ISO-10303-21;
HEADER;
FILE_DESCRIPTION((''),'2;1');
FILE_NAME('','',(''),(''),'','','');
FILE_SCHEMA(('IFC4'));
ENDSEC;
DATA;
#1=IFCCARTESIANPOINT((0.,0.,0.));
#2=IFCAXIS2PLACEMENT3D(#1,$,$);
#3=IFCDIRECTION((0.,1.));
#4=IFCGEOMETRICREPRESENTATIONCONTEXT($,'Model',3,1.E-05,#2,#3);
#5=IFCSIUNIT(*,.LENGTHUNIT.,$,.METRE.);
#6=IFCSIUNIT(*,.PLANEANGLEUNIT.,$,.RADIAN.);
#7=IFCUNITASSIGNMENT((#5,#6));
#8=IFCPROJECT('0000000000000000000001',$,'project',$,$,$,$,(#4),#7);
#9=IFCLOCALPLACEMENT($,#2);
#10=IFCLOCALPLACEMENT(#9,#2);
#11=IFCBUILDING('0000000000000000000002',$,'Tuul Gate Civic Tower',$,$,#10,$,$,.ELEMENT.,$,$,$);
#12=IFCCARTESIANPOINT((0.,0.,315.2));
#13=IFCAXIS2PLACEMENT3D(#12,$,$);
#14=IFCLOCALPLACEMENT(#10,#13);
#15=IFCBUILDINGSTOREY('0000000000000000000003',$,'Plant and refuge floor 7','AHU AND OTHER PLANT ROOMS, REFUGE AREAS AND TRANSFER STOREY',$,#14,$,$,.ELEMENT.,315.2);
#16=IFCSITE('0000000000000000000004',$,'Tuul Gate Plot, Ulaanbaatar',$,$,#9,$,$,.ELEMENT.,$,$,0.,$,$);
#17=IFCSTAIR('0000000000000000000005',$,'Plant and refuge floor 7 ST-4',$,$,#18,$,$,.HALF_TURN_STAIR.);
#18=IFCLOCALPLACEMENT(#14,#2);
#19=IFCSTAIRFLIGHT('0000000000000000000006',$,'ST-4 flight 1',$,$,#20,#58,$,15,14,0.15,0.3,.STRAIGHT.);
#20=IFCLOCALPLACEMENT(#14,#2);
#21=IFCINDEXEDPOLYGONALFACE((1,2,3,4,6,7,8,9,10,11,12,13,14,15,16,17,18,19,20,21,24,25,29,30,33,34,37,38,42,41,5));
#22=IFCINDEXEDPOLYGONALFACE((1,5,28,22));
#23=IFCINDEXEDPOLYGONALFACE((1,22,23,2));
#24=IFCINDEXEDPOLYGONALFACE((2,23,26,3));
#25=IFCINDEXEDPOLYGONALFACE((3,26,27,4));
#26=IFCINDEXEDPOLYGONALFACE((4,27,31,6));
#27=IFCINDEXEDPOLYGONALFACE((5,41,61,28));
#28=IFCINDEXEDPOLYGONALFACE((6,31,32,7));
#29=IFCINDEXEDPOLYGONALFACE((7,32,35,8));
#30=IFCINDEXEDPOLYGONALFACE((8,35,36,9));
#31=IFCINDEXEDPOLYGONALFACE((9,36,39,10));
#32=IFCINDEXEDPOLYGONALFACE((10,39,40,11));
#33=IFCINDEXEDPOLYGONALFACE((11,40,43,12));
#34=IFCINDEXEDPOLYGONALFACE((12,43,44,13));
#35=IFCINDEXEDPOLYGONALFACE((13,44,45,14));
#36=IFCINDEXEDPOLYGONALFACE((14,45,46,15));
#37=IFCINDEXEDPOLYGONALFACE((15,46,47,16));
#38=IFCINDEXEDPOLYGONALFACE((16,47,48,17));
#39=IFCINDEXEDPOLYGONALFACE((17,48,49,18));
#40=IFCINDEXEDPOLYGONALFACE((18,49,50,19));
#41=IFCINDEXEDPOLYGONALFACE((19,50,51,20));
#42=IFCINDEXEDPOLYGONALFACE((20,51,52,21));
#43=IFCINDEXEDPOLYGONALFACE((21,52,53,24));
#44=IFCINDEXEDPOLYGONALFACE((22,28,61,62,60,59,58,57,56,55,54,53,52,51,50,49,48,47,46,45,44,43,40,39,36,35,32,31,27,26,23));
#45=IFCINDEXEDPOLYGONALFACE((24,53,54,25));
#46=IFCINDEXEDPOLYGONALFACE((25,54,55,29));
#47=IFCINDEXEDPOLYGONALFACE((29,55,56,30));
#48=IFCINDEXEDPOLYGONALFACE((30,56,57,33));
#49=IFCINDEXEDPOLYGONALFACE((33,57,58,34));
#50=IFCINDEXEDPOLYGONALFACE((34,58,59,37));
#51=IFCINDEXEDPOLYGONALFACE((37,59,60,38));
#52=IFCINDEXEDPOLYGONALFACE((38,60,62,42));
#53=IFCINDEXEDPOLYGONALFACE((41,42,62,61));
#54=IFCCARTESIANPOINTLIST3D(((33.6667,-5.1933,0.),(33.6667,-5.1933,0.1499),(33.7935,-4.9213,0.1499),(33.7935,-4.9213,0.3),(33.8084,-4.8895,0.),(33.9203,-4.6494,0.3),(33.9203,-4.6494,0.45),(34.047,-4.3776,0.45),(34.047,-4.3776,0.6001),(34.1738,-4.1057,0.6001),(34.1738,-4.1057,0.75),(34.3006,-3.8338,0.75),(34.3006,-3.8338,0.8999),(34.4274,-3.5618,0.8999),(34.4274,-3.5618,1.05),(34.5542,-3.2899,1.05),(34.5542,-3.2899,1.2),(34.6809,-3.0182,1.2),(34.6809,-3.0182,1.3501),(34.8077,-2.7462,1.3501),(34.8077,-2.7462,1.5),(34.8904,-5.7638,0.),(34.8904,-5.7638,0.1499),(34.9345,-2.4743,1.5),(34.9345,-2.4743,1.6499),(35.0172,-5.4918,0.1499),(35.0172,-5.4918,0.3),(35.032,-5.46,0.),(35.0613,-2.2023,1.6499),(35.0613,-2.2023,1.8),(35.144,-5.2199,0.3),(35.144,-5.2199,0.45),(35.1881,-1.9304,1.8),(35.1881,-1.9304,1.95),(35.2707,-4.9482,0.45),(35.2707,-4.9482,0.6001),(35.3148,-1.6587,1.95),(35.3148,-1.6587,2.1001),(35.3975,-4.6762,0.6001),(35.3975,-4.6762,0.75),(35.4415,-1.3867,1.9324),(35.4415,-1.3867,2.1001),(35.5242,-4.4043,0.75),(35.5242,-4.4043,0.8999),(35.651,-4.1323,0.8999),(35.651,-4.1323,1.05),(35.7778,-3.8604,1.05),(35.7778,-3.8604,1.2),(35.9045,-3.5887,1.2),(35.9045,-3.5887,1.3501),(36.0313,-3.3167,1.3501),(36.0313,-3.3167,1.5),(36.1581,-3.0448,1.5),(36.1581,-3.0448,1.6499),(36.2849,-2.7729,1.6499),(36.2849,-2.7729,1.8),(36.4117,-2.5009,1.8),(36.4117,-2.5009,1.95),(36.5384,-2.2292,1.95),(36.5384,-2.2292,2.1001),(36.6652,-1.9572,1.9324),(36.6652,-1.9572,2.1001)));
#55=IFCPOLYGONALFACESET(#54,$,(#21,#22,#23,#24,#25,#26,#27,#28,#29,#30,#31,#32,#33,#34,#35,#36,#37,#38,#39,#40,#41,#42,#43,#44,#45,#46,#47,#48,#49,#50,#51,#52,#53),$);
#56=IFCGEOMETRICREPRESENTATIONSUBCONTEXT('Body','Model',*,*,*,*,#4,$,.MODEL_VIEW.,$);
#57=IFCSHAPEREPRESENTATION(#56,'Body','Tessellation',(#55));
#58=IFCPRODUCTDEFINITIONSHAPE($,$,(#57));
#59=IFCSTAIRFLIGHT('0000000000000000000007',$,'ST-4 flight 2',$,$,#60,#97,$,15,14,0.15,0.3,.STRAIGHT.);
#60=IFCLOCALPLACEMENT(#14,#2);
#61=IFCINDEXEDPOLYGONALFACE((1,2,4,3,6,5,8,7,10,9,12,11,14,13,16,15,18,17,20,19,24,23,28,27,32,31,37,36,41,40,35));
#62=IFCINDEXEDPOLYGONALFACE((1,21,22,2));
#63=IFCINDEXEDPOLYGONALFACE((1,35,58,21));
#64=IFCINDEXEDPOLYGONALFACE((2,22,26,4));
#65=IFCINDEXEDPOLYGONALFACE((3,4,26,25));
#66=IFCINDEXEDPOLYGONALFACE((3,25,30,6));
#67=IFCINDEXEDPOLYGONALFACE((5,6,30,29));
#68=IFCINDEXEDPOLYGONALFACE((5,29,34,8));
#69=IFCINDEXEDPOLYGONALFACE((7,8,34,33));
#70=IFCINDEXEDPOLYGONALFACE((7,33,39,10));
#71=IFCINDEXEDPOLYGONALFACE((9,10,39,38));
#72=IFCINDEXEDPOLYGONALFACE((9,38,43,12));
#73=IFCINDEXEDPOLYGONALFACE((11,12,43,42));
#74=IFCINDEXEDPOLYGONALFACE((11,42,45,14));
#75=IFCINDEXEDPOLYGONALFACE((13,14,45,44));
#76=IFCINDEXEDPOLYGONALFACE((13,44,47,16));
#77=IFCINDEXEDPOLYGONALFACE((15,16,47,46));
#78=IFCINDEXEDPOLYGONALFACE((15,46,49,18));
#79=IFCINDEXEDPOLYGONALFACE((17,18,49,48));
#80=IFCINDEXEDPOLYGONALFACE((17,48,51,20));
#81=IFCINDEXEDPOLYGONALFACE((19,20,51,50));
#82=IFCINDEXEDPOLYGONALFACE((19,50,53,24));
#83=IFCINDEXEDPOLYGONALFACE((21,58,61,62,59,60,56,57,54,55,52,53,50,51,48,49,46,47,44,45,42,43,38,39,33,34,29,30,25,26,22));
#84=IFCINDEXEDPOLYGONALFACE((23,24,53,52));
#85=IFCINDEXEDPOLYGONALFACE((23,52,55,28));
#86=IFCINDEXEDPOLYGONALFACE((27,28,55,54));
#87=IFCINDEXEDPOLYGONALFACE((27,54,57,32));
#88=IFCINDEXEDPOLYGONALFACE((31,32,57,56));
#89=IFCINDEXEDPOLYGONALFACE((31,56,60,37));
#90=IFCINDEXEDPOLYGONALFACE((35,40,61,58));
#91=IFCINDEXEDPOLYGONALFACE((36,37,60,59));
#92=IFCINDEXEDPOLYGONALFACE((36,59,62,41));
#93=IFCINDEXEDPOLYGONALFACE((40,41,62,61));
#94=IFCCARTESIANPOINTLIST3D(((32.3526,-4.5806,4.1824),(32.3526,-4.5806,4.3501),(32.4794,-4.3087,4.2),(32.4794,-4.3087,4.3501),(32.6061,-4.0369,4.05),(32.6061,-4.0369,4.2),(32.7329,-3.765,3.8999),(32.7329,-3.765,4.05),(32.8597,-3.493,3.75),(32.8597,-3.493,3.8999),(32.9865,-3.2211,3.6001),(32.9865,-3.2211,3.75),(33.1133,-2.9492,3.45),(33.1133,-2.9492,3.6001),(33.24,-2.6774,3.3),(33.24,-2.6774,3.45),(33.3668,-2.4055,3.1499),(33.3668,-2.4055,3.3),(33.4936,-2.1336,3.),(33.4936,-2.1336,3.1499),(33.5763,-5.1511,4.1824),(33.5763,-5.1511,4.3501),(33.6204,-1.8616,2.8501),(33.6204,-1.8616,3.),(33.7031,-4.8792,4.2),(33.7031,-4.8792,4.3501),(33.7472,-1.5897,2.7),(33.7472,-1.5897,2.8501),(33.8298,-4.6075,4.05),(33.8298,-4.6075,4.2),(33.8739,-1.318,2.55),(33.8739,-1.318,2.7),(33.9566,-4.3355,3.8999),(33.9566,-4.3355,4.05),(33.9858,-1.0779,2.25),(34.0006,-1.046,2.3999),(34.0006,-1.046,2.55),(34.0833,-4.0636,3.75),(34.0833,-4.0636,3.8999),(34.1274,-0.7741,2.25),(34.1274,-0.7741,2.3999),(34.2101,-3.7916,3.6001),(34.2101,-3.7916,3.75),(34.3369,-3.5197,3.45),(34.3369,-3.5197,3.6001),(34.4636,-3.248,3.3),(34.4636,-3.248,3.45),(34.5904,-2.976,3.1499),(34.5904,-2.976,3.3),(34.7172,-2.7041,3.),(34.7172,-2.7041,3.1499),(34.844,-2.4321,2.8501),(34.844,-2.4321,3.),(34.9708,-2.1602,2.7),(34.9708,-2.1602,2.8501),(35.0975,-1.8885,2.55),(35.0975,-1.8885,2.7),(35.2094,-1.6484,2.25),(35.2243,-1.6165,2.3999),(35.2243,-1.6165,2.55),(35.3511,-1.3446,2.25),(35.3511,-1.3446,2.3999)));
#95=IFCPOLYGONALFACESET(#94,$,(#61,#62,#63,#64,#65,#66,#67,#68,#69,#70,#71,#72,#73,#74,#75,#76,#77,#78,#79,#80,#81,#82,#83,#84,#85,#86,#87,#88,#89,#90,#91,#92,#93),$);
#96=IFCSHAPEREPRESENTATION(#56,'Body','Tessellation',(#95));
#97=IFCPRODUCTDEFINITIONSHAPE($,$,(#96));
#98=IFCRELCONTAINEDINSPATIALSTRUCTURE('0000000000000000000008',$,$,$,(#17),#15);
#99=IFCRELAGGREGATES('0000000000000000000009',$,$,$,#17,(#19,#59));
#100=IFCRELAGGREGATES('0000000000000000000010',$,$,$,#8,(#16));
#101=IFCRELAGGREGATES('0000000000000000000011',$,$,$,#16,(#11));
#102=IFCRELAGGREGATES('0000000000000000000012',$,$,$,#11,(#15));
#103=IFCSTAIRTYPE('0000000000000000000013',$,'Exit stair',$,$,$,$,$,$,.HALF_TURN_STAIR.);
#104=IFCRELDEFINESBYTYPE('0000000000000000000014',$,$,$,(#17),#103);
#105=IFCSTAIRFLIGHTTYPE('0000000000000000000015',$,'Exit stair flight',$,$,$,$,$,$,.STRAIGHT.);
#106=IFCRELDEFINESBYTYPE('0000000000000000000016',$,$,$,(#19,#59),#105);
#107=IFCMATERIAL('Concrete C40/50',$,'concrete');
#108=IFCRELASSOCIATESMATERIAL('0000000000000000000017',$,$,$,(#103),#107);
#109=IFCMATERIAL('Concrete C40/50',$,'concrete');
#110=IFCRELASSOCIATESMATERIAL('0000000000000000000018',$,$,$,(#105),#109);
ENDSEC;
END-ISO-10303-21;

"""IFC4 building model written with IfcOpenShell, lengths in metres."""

from ifc_helpers import new_model, si_unit, direction, frame, origin, place, context, subcontext, project, spatial, polyline, outline, extrude, material, type_object, element, aggregate, save


model = new_model("IFC4")

# Units and contexts
model_context = context("Model", 3, precision=1e-05, world=origin(), true_north=direction((0.0, 1.0)))
body_context = subcontext(model_context, "Body", "Model", "MODEL_VIEW")
ifc_project = project(units=[si_unit("LENGTHUNIT", "METRE"), si_unit("PLANEANGLEUNIT", "RADIAN")], contexts=[model_context])

# Site, building, storey
site_placement = place(None, origin())
site = spatial("IfcSite", under=ifc_project, at=site_placement, Name="Tuul Gate Plot, Ulaanbaatar", CompositionType="ELEMENT", RefElevation=0.0)
building_placement = place(site_placement, origin())
building = spatial("IfcBuilding", under=site, at=building_placement, Name="Tuul Gate Civic Tower", CompositionType="ELEMENT")
storey_placement = place(building_placement, frame((0.0, 0.0, 315.2)))
storey = spatial("IfcBuildingStorey", under=building, at=storey_placement, Name="Plant and refuge floor 7", Description="AHU AND OTHER PLANT ROOMS, REFUGE AREAS AND TRANSFER STOREY", CompositionType="ELEMENT", Elevation=315.2)

# Stair, stair flights
ifc_material_1 = material(Name="Concrete C40/50", Category="concrete")
stair_type = type_object("IfcStairType", Name="Exit stair", PredefinedType="HALF_TURN_STAIR", material=ifc_material_1)
stair_placement = place(storey_placement, origin())
stair = element("IfcStair", 1, at=stair_placement, inside=storey, type_object=stair_type, Name="Plant and refuge floor 7 ST-4", PredefinedType="HALF_TURN_STAIR")
ifc_material_2 = material(Name="Concrete C40/50", Category="concrete")
stair_flight_type = type_object("IfcStairFlightType", Name="Exit stair flight", PredefinedType="STRAIGHT", material=ifc_material_2)
stair_flight_1_placement = place(storey_placement, frame((34.2786, -5.4785, 0.0), z_axis=(0.0, 0.0, 1.0), x_axis=(0.422576, 0.906327, 0.0)))
stair_flight_1 = element("IfcStairFlight", 2, at=stair_flight_1_placement, type_object=stair_flight_type, Name="ST-4 flight 1", NumberOfRisers=15, NumberOfTreads=14, PredefinedType="STRAIGHT", RiserHeight=0.15, TreadLength=0.3, context=body_context, shape_type="SweptSolid", body=[
    extrude(outline(polyline([(0.0, 0.0), (0.0, 0.1499), (0.3, 0.1499), (0.3, 0.3), (0.6001, 0.3), (0.6001, 0.45), (0.8999, 0.45), (0.8999, 0.6001), (1.2, 0.6001), (1.2, 0.75), (1.5, 0.75), (1.5, 0.8999), (1.8, 0.8999), (1.8, 1.05), (2.1001, 1.05), (2.1001, 1.2), (2.3999, 1.2), (2.3999, 1.3501), (2.7, 1.3501), (2.7, 1.5), (3.0, 1.5), (3.0, 1.6499), (3.3, 1.6499), (3.3, 1.8), (3.6001, 1.8), (3.6001, 1.95), (3.8999, 1.95), (3.8999, 2.1001), (4.2, 2.1001), (4.2, 2.25), (4.2, 1.9324), (0.3352, 0.0), (0.0, 0.0)])), frame((0.0, 0.675, 0.0), z_axis=(0.0, -1.0, 0.0), x_axis=(1.0, 0.0, 0.0)), (0.0, 0.0, 1.0), 1.3501),
])
stair_flight_2_placement = place(storey_placement, frame((34.7393, -1.0593, 2.25), z_axis=(0.0, 0.0, 1.0), x_axis=(-0.422576, -0.906327, 0.0)))
stair_flight_2 = element("IfcStairFlight", 3, at=stair_flight_2_placement, type_object=stair_flight_type, Name="ST-4 flight 2", NumberOfRisers=15, NumberOfTreads=14, PredefinedType="STRAIGHT", RiserHeight=0.15, TreadLength=0.3, context=body_context, shape_type="SweptSolid", body=[
    extrude(outline(polyline([(0.0, 0.0), (0.0, 0.1499), (0.3, 0.1499), (0.3, 0.3), (0.6001, 0.3), (0.6001, 0.45), (0.8999, 0.45), (0.8999, 0.6001), (1.2, 0.6001), (1.2, 0.75), (1.5, 0.75), (1.5, 0.8999), (1.8, 0.8999), (1.8, 1.05), (2.1001, 1.05), (2.1001, 1.2), (2.3999, 1.2), (2.3999, 1.3501), (2.7, 1.3501), (2.7, 1.5), (3.0, 1.5), (3.0, 1.6499), (3.3, 1.6499), (3.3, 1.8), (3.6001, 1.8), (3.6001, 1.95), (3.8999, 1.95), (3.8999, 2.1001), (4.2, 2.1001), (4.2, 2.25), (4.2, 1.9324), (0.3352, 0.0), (0.0, 0.0)])), frame((0.0, 0.675, 0.0), z_axis=(0.0, -1.0, 0.0), x_axis=(1.0, 0.0, 0.0)), (0.0, 0.0, 1.0), 1.3501),
])
aggregate(stair, [stair_flight_1, stair_flight_2])

save(model, "model.ifc")
